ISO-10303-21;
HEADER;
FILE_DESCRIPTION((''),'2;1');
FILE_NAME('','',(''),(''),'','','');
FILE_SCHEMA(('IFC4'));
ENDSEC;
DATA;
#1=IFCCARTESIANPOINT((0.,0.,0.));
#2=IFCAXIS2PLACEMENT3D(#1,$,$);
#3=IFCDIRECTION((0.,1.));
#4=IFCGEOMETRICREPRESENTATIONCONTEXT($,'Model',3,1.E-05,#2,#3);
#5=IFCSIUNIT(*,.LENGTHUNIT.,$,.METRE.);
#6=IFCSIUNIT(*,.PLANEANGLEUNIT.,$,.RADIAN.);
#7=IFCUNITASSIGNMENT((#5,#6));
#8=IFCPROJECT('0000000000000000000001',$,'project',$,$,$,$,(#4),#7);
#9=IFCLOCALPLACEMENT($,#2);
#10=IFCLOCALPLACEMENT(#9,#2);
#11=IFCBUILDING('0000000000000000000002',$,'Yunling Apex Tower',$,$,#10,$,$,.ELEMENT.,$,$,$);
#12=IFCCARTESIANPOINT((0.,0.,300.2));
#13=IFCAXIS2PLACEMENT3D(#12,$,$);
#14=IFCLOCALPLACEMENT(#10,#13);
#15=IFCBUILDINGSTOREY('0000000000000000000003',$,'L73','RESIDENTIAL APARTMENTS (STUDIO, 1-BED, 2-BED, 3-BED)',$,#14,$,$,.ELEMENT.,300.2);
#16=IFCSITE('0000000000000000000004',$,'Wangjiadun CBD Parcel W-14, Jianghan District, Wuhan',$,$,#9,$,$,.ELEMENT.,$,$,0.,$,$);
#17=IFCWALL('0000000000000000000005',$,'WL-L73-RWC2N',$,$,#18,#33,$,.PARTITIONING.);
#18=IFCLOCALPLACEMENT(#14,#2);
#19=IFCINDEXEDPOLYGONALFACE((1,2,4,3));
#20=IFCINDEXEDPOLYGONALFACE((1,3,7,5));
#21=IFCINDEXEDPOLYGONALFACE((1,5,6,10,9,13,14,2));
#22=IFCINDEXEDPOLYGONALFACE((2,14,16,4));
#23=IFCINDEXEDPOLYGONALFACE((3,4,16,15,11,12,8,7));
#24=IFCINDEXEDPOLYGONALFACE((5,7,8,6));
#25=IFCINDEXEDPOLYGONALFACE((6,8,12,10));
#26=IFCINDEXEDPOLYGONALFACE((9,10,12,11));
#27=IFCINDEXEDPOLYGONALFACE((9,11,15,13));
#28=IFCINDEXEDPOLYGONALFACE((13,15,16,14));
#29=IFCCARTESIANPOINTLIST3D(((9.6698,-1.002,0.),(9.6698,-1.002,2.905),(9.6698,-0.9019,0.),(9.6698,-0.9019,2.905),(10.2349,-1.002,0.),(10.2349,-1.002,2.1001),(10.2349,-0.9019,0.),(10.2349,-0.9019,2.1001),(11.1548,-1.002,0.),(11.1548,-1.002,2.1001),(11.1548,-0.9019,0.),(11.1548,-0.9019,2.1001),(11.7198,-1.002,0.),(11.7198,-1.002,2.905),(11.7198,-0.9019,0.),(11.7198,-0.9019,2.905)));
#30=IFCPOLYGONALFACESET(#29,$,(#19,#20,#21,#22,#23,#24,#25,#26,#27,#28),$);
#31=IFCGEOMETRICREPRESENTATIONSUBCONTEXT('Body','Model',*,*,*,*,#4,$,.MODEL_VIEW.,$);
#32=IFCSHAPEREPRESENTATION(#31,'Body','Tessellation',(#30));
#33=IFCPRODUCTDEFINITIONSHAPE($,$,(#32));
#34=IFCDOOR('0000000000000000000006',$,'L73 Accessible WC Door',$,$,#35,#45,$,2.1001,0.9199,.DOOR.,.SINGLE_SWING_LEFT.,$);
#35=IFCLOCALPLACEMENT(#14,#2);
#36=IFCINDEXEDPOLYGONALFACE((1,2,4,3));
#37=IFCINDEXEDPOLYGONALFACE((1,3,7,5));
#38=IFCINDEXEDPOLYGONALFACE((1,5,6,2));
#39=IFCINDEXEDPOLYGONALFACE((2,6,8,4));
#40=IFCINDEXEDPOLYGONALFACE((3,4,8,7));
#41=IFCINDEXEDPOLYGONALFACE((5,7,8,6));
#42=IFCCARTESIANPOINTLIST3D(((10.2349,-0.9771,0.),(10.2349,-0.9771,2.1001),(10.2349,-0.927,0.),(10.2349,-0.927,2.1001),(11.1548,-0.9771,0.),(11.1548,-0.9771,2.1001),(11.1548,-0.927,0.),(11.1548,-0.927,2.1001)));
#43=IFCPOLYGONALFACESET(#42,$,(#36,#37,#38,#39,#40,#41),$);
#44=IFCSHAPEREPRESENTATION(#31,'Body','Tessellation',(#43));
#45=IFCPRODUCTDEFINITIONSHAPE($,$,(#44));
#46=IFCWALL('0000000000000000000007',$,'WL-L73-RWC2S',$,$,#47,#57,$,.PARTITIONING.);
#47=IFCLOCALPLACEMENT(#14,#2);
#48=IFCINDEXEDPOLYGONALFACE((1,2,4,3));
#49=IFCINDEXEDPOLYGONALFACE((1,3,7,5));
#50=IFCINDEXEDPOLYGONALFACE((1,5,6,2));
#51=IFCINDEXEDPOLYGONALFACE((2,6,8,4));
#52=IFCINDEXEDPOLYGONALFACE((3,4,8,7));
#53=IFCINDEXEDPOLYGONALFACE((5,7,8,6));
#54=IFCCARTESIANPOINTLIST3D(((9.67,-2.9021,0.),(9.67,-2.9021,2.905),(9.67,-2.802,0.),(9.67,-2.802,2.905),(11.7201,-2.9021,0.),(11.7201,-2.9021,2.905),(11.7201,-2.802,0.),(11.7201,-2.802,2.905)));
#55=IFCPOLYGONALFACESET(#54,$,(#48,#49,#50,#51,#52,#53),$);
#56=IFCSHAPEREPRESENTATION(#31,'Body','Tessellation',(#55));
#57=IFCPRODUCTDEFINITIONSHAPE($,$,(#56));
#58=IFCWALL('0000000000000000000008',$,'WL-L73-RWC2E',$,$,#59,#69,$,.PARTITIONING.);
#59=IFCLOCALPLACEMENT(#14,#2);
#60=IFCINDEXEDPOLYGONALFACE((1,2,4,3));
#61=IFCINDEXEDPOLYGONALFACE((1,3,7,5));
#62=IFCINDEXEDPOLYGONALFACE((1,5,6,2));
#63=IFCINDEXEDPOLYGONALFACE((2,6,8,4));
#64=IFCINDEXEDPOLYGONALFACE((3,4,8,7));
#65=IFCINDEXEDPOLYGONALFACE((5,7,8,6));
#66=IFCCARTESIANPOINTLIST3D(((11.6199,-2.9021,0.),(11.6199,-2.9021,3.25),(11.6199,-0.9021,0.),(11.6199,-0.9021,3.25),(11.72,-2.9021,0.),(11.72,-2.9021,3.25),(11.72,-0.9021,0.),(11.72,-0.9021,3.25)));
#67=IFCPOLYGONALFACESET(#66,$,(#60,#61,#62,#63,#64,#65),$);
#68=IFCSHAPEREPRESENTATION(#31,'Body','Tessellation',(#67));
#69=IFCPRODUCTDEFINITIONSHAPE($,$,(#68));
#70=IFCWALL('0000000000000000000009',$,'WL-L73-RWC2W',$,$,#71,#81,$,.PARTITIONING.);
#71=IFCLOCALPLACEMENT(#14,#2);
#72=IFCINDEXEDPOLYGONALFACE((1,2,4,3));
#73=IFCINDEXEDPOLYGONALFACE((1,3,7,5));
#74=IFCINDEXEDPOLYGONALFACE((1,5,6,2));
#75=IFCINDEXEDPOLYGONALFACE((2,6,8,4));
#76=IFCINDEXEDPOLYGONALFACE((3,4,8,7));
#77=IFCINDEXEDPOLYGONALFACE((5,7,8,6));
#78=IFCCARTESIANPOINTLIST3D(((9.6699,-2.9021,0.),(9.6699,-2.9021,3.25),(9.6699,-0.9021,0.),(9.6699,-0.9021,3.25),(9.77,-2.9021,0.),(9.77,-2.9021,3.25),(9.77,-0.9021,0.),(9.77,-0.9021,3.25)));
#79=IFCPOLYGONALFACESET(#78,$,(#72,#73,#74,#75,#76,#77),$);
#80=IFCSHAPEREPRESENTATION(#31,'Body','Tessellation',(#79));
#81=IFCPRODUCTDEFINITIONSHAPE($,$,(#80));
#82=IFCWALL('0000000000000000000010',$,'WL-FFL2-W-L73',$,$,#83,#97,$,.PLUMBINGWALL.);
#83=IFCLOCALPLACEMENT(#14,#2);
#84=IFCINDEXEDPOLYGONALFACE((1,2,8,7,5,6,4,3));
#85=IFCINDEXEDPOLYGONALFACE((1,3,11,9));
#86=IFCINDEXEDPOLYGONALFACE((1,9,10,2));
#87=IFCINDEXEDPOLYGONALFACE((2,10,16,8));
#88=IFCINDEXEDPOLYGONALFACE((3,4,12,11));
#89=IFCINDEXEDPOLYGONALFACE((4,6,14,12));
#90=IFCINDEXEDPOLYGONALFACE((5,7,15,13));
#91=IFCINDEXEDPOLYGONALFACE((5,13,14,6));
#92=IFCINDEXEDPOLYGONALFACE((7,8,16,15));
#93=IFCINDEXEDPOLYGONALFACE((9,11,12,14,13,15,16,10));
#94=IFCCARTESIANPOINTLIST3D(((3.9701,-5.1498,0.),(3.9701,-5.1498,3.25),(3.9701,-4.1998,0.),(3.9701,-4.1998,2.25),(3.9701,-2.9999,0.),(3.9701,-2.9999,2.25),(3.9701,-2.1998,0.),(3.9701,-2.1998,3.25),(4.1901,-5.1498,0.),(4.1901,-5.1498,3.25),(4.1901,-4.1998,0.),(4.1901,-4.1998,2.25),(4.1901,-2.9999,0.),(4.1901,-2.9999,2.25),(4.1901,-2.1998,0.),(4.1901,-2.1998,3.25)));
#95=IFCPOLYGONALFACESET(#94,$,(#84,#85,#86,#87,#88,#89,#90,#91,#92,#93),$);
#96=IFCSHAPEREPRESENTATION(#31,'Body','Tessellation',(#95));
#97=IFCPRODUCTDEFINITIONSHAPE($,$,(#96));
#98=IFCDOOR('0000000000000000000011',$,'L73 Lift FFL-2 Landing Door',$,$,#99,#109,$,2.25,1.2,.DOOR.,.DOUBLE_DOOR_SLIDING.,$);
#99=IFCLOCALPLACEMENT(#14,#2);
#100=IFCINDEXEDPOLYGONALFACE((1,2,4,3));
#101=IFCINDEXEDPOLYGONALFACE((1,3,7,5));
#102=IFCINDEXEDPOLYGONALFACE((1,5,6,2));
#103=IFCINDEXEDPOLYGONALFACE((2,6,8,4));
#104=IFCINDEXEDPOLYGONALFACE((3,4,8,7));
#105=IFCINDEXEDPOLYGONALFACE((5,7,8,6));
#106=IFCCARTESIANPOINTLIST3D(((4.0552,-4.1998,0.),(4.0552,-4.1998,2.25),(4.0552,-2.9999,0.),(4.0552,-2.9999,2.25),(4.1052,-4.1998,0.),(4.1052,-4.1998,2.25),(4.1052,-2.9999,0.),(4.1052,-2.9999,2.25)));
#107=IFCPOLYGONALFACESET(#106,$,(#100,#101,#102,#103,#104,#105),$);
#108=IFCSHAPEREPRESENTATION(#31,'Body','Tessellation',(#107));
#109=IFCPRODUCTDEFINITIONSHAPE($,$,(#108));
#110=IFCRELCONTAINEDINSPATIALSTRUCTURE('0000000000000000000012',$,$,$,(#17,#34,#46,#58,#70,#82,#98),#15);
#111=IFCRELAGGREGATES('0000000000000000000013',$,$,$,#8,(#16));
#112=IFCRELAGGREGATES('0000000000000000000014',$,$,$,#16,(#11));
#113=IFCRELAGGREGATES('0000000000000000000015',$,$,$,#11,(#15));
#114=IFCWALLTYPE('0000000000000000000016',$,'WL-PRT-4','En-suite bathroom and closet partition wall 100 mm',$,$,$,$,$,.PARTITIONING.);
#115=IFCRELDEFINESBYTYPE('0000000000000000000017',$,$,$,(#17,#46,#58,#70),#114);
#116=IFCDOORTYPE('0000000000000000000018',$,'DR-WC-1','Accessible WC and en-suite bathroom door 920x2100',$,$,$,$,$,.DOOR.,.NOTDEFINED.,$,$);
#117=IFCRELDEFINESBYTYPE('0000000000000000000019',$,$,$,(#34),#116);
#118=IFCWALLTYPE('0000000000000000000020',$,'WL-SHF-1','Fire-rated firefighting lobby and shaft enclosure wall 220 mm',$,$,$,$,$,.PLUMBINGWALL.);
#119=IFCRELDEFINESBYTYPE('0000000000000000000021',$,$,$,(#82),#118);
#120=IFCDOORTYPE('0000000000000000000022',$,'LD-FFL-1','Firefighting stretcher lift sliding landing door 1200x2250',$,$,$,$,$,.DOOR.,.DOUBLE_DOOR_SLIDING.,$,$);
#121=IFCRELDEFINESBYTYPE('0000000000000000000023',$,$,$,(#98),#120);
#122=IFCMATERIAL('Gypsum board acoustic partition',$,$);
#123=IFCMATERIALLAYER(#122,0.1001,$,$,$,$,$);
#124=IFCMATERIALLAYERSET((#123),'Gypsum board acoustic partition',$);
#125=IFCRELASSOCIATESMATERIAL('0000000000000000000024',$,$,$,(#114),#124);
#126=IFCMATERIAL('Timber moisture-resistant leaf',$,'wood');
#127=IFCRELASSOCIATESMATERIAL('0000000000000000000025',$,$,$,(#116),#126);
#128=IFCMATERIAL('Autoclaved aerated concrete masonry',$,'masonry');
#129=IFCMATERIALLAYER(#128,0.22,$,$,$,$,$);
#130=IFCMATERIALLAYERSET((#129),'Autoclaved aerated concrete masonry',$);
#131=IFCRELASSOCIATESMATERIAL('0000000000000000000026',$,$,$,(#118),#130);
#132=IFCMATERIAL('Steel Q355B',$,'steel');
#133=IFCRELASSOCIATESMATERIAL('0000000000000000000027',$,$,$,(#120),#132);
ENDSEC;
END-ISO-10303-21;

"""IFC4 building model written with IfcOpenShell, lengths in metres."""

from ifc_helpers import new_model, si_unit, direction, frame, frame_2d, origin, place, context, subcontext, project, spatial, rectangle, extrude, material, layer, layer_set, type_object, element, fill, save


model = new_model("IFC4")

# Units and contexts
model_context = context("Model", 3, precision=1e-05, world=origin(), true_north=direction((0.0, 1.0)))
body_context = subcontext(model_context, "Body", "Model", "MODEL_VIEW")
ifc_project = project(units=[si_unit("LENGTHUNIT", "METRE"), si_unit("PLANEANGLEUNIT", "RADIAN")], contexts=[model_context])

# Site, building, storey
site_placement = place(None, origin())
site = spatial("IfcSite", under=ifc_project, at=site_placement, Name="Wangjiadun CBD Parcel W-14, Jianghan District, Wuhan", CompositionType="ELEMENT", RefElevation=0.0)
building_placement = place(site_placement, origin())
building = spatial("IfcBuilding", under=site, at=building_placement, Name="Yunling Apex Tower", CompositionType="ELEMENT")
storey_placement = place(building_placement, frame((0.0, 0.0, 300.2)))
storey = spatial("IfcBuildingStorey", under=building, at=storey_placement, Name="L73", Description="RESIDENTIAL APARTMENTS (STUDIO, 1-BED, 2-BED, 3-BED)", CompositionType="ELEMENT", Elevation=300.2)

# Shared definitions
ifc_material_1 = material(Name="Steel Q355B", Category="steel")

# Wall, opening, door
ifc_material_2 = material(Name="Gypsum board acoustic partition")
ifc_layer_1 = layer(ifc_material_2, 0.1001)
ifc_layer_set_1 = layer_set([ifc_layer_1], Name="Gypsum board acoustic partition")
wall_type_1 = type_object("IfcWallType", Name="WL-PRT-4", Description="En-suite bathroom and closet partition wall 100 mm", PredefinedType="PARTITIONING", material=ifc_layer_set_1)
wall_1_placement = place(storey_placement, frame((9.6699, -0.9519, 0.0), z_axis=(0.0, 0.0, 1.0), x_axis=(1.0, 0.0, 0.0)))
wall_1 = element("IfcWall", 1, at=wall_1_placement, inside=storey, type_object=wall_type_1, Name="WL-L73-RWC2N", PredefinedType="PARTITIONING", context=body_context, shape_type="SweptSolid", body=[
    extrude(rectangle(XDim=2.05, YDim=0.1001, at=frame_2d((1.0249, 0.0))), origin(), (0.0, 0.0, 1.0), 2.905),
])
opening_1_placement = place(wall_1_placement, frame((0.5649, 0.0, 0.0)))
opening_1 = element("IfcOpeningElement", 2, at=opening_1_placement, cuts=wall_1, PredefinedType="OPENING", context=body_context, shape_type="SweptSolid", body=[
    extrude(rectangle(XDim=0.9199, YDim=2.1001, at=frame_2d((0.46, 1.05))), frame((0.0, 0.0601, 0.0), z_axis=(0.0, -1.0, 0.0), x_axis=(1.0, 0.0, 0.0)), (0.0, 0.0, 1.0), 0.1201),
])
ifc_material_3 = material(Name="Timber moisture-resistant leaf", Category="wood")
door_type_1 = type_object("IfcDoorType", Name="DR-WC-1", Description="Accessible WC and en-suite bathroom door 920x2100", OperationType="NOTDEFINED", PredefinedType="DOOR", material=ifc_material_3)
door_1_placement = place(opening_1_placement, origin())
door_1 = element("IfcDoor", 3, at=door_1_placement, inside=storey, type_object=door_type_1, Name="L73 Accessible WC Door", OperationType="SINGLE_SWING_LEFT", OverallHeight=2.1001, OverallWidth=0.9199, PredefinedType="DOOR", context=body_context, shape_type="SweptSolid", body=[
    extrude(rectangle(XDim=0.9199, YDim=2.1001, at=frame_2d((0.46, 1.05))), frame((0.0, 0.0249, 0.0), z_axis=(0.0, -1.0, 0.0), x_axis=(1.0, 0.0, 0.0)), (0.0, 0.0, 1.0), 0.05),
])
fill(opening_1, door_1)

# Walls
wall_2_placement = place(storey_placement, frame((11.72, -2.8521, 0.0), z_axis=(0.0, 0.0, 1.0), x_axis=(-1.0, 0.0, 0.0)))
element("IfcWall", 4, at=wall_2_placement, inside=storey, type_object=wall_type_1, Name="WL-L73-RWC2S", PredefinedType="PARTITIONING", context=body_context, shape_type="SweptSolid", body=[
    extrude(rectangle(XDim=2.05, YDim=0.1001, at=frame_2d((1.0249, 0.0))), origin(), (0.0, 0.0, 1.0), 2.905),
])
for number, where, z_axis, x_axis, name in (
    (5, (11.6699, -0.9021, 0.0), (0.0, 0.0, 1.0), (0.0, -1.0, 0.0), "WL-L73-RWC2E"),
    (6, (9.72, -2.9021, 0.0), (0.0, 0.0, 1.0), (0.0, 1.0, 0.0), "WL-L73-RWC2W"),
):
    element("IfcWall", number, at=place(storey_placement, frame(where, z_axis=z_axis, x_axis=x_axis)), inside=storey, type_object=wall_type_1, Name=name, PredefinedType="PARTITIONING", context=body_context, shape_type="SweptSolid", body=[
        extrude(rectangle(XDim=2.0, YDim=0.1001, at=frame_2d((1.0, 0.0))), origin(), (0.0, 0.0, 1.0), 3.25),
    ])

# Wall, opening, door
ifc_material_4 = material(Name="Autoclaved aerated concrete masonry", Category="masonry")
ifc_layer_2 = layer(ifc_material_4, 0.22)
ifc_layer_set_2 = layer_set([ifc_layer_2], Name="Autoclaved aerated concrete masonry")
wall_type_2 = type_object("IfcWallType", Name="WL-SHF-1", Description="Fire-rated firefighting lobby and shaft enclosure wall 220 mm", PredefinedType="PLUMBINGWALL", material=ifc_layer_set_2)
wall_3_placement = place(storey_placement, frame((4.0801, -5.1499, 0.0), z_axis=(0.0, 0.0, 1.0), x_axis=(0.0, 1.0, 0.0)))
wall_3 = element("IfcWall", 7, at=wall_3_placement, inside=storey, type_object=wall_type_2, Name="WL-FFL2-W-L73", PredefinedType="PLUMBINGWALL", context=body_context, shape_type="SweptSolid", body=[
    extrude(rectangle(XDim=2.95, YDim=0.22, at=frame_2d((1.4751, 0.0))), origin(), (0.0, 0.0, 1.0), 3.25),
])
opening_2_placement = place(wall_3_placement, frame((0.95, 0.0, 0.0)))
opening_2 = element("IfcOpeningElement", 8, at=opening_2_placement, cuts=wall_3, PredefinedType="OPENING", context=body_context, shape_type="SweptSolid", body=[
    extrude(rectangle(XDim=1.2, YDim=2.25, at=frame_2d((0.6001, 1.125))), frame((0.0, 0.1201, 0.0), z_axis=(0.0, -1.0, 0.0), x_axis=(1.0, 0.0, 0.0)), (0.0, 0.0, 1.0), 0.24),
])
door_type_2 = type_object("IfcDoorType", Name="LD-FFL-1", Description="Firefighting stretcher lift sliding landing door 1200x2250", OperationType="DOUBLE_DOOR_SLIDING", PredefinedType="DOOR", material=ifc_material_1)
door_2_placement = place(opening_2_placement, origin())
door_2 = element("IfcDoor", 9, at=door_2_placement, inside=storey, type_object=door_type_2, Name="L73 Lift FFL-2 Landing Door", OperationType="DOUBLE_DOOR_SLIDING", OverallHeight=2.25, OverallWidth=1.2, PredefinedType="DOOR", context=body_context, shape_type="SweptSolid", body=[
    extrude(rectangle(XDim=1.2, YDim=2.25, at=frame_2d((0.6001, 1.125))), frame((0.0, 0.0249, 0.0), z_axis=(0.0, -1.0, 0.0), x_axis=(1.0, 0.0, 0.0)), (0.0, 0.0, 1.0), 0.05),
])
fill(opening_2, door_2)

save(model, "model.ifc")
